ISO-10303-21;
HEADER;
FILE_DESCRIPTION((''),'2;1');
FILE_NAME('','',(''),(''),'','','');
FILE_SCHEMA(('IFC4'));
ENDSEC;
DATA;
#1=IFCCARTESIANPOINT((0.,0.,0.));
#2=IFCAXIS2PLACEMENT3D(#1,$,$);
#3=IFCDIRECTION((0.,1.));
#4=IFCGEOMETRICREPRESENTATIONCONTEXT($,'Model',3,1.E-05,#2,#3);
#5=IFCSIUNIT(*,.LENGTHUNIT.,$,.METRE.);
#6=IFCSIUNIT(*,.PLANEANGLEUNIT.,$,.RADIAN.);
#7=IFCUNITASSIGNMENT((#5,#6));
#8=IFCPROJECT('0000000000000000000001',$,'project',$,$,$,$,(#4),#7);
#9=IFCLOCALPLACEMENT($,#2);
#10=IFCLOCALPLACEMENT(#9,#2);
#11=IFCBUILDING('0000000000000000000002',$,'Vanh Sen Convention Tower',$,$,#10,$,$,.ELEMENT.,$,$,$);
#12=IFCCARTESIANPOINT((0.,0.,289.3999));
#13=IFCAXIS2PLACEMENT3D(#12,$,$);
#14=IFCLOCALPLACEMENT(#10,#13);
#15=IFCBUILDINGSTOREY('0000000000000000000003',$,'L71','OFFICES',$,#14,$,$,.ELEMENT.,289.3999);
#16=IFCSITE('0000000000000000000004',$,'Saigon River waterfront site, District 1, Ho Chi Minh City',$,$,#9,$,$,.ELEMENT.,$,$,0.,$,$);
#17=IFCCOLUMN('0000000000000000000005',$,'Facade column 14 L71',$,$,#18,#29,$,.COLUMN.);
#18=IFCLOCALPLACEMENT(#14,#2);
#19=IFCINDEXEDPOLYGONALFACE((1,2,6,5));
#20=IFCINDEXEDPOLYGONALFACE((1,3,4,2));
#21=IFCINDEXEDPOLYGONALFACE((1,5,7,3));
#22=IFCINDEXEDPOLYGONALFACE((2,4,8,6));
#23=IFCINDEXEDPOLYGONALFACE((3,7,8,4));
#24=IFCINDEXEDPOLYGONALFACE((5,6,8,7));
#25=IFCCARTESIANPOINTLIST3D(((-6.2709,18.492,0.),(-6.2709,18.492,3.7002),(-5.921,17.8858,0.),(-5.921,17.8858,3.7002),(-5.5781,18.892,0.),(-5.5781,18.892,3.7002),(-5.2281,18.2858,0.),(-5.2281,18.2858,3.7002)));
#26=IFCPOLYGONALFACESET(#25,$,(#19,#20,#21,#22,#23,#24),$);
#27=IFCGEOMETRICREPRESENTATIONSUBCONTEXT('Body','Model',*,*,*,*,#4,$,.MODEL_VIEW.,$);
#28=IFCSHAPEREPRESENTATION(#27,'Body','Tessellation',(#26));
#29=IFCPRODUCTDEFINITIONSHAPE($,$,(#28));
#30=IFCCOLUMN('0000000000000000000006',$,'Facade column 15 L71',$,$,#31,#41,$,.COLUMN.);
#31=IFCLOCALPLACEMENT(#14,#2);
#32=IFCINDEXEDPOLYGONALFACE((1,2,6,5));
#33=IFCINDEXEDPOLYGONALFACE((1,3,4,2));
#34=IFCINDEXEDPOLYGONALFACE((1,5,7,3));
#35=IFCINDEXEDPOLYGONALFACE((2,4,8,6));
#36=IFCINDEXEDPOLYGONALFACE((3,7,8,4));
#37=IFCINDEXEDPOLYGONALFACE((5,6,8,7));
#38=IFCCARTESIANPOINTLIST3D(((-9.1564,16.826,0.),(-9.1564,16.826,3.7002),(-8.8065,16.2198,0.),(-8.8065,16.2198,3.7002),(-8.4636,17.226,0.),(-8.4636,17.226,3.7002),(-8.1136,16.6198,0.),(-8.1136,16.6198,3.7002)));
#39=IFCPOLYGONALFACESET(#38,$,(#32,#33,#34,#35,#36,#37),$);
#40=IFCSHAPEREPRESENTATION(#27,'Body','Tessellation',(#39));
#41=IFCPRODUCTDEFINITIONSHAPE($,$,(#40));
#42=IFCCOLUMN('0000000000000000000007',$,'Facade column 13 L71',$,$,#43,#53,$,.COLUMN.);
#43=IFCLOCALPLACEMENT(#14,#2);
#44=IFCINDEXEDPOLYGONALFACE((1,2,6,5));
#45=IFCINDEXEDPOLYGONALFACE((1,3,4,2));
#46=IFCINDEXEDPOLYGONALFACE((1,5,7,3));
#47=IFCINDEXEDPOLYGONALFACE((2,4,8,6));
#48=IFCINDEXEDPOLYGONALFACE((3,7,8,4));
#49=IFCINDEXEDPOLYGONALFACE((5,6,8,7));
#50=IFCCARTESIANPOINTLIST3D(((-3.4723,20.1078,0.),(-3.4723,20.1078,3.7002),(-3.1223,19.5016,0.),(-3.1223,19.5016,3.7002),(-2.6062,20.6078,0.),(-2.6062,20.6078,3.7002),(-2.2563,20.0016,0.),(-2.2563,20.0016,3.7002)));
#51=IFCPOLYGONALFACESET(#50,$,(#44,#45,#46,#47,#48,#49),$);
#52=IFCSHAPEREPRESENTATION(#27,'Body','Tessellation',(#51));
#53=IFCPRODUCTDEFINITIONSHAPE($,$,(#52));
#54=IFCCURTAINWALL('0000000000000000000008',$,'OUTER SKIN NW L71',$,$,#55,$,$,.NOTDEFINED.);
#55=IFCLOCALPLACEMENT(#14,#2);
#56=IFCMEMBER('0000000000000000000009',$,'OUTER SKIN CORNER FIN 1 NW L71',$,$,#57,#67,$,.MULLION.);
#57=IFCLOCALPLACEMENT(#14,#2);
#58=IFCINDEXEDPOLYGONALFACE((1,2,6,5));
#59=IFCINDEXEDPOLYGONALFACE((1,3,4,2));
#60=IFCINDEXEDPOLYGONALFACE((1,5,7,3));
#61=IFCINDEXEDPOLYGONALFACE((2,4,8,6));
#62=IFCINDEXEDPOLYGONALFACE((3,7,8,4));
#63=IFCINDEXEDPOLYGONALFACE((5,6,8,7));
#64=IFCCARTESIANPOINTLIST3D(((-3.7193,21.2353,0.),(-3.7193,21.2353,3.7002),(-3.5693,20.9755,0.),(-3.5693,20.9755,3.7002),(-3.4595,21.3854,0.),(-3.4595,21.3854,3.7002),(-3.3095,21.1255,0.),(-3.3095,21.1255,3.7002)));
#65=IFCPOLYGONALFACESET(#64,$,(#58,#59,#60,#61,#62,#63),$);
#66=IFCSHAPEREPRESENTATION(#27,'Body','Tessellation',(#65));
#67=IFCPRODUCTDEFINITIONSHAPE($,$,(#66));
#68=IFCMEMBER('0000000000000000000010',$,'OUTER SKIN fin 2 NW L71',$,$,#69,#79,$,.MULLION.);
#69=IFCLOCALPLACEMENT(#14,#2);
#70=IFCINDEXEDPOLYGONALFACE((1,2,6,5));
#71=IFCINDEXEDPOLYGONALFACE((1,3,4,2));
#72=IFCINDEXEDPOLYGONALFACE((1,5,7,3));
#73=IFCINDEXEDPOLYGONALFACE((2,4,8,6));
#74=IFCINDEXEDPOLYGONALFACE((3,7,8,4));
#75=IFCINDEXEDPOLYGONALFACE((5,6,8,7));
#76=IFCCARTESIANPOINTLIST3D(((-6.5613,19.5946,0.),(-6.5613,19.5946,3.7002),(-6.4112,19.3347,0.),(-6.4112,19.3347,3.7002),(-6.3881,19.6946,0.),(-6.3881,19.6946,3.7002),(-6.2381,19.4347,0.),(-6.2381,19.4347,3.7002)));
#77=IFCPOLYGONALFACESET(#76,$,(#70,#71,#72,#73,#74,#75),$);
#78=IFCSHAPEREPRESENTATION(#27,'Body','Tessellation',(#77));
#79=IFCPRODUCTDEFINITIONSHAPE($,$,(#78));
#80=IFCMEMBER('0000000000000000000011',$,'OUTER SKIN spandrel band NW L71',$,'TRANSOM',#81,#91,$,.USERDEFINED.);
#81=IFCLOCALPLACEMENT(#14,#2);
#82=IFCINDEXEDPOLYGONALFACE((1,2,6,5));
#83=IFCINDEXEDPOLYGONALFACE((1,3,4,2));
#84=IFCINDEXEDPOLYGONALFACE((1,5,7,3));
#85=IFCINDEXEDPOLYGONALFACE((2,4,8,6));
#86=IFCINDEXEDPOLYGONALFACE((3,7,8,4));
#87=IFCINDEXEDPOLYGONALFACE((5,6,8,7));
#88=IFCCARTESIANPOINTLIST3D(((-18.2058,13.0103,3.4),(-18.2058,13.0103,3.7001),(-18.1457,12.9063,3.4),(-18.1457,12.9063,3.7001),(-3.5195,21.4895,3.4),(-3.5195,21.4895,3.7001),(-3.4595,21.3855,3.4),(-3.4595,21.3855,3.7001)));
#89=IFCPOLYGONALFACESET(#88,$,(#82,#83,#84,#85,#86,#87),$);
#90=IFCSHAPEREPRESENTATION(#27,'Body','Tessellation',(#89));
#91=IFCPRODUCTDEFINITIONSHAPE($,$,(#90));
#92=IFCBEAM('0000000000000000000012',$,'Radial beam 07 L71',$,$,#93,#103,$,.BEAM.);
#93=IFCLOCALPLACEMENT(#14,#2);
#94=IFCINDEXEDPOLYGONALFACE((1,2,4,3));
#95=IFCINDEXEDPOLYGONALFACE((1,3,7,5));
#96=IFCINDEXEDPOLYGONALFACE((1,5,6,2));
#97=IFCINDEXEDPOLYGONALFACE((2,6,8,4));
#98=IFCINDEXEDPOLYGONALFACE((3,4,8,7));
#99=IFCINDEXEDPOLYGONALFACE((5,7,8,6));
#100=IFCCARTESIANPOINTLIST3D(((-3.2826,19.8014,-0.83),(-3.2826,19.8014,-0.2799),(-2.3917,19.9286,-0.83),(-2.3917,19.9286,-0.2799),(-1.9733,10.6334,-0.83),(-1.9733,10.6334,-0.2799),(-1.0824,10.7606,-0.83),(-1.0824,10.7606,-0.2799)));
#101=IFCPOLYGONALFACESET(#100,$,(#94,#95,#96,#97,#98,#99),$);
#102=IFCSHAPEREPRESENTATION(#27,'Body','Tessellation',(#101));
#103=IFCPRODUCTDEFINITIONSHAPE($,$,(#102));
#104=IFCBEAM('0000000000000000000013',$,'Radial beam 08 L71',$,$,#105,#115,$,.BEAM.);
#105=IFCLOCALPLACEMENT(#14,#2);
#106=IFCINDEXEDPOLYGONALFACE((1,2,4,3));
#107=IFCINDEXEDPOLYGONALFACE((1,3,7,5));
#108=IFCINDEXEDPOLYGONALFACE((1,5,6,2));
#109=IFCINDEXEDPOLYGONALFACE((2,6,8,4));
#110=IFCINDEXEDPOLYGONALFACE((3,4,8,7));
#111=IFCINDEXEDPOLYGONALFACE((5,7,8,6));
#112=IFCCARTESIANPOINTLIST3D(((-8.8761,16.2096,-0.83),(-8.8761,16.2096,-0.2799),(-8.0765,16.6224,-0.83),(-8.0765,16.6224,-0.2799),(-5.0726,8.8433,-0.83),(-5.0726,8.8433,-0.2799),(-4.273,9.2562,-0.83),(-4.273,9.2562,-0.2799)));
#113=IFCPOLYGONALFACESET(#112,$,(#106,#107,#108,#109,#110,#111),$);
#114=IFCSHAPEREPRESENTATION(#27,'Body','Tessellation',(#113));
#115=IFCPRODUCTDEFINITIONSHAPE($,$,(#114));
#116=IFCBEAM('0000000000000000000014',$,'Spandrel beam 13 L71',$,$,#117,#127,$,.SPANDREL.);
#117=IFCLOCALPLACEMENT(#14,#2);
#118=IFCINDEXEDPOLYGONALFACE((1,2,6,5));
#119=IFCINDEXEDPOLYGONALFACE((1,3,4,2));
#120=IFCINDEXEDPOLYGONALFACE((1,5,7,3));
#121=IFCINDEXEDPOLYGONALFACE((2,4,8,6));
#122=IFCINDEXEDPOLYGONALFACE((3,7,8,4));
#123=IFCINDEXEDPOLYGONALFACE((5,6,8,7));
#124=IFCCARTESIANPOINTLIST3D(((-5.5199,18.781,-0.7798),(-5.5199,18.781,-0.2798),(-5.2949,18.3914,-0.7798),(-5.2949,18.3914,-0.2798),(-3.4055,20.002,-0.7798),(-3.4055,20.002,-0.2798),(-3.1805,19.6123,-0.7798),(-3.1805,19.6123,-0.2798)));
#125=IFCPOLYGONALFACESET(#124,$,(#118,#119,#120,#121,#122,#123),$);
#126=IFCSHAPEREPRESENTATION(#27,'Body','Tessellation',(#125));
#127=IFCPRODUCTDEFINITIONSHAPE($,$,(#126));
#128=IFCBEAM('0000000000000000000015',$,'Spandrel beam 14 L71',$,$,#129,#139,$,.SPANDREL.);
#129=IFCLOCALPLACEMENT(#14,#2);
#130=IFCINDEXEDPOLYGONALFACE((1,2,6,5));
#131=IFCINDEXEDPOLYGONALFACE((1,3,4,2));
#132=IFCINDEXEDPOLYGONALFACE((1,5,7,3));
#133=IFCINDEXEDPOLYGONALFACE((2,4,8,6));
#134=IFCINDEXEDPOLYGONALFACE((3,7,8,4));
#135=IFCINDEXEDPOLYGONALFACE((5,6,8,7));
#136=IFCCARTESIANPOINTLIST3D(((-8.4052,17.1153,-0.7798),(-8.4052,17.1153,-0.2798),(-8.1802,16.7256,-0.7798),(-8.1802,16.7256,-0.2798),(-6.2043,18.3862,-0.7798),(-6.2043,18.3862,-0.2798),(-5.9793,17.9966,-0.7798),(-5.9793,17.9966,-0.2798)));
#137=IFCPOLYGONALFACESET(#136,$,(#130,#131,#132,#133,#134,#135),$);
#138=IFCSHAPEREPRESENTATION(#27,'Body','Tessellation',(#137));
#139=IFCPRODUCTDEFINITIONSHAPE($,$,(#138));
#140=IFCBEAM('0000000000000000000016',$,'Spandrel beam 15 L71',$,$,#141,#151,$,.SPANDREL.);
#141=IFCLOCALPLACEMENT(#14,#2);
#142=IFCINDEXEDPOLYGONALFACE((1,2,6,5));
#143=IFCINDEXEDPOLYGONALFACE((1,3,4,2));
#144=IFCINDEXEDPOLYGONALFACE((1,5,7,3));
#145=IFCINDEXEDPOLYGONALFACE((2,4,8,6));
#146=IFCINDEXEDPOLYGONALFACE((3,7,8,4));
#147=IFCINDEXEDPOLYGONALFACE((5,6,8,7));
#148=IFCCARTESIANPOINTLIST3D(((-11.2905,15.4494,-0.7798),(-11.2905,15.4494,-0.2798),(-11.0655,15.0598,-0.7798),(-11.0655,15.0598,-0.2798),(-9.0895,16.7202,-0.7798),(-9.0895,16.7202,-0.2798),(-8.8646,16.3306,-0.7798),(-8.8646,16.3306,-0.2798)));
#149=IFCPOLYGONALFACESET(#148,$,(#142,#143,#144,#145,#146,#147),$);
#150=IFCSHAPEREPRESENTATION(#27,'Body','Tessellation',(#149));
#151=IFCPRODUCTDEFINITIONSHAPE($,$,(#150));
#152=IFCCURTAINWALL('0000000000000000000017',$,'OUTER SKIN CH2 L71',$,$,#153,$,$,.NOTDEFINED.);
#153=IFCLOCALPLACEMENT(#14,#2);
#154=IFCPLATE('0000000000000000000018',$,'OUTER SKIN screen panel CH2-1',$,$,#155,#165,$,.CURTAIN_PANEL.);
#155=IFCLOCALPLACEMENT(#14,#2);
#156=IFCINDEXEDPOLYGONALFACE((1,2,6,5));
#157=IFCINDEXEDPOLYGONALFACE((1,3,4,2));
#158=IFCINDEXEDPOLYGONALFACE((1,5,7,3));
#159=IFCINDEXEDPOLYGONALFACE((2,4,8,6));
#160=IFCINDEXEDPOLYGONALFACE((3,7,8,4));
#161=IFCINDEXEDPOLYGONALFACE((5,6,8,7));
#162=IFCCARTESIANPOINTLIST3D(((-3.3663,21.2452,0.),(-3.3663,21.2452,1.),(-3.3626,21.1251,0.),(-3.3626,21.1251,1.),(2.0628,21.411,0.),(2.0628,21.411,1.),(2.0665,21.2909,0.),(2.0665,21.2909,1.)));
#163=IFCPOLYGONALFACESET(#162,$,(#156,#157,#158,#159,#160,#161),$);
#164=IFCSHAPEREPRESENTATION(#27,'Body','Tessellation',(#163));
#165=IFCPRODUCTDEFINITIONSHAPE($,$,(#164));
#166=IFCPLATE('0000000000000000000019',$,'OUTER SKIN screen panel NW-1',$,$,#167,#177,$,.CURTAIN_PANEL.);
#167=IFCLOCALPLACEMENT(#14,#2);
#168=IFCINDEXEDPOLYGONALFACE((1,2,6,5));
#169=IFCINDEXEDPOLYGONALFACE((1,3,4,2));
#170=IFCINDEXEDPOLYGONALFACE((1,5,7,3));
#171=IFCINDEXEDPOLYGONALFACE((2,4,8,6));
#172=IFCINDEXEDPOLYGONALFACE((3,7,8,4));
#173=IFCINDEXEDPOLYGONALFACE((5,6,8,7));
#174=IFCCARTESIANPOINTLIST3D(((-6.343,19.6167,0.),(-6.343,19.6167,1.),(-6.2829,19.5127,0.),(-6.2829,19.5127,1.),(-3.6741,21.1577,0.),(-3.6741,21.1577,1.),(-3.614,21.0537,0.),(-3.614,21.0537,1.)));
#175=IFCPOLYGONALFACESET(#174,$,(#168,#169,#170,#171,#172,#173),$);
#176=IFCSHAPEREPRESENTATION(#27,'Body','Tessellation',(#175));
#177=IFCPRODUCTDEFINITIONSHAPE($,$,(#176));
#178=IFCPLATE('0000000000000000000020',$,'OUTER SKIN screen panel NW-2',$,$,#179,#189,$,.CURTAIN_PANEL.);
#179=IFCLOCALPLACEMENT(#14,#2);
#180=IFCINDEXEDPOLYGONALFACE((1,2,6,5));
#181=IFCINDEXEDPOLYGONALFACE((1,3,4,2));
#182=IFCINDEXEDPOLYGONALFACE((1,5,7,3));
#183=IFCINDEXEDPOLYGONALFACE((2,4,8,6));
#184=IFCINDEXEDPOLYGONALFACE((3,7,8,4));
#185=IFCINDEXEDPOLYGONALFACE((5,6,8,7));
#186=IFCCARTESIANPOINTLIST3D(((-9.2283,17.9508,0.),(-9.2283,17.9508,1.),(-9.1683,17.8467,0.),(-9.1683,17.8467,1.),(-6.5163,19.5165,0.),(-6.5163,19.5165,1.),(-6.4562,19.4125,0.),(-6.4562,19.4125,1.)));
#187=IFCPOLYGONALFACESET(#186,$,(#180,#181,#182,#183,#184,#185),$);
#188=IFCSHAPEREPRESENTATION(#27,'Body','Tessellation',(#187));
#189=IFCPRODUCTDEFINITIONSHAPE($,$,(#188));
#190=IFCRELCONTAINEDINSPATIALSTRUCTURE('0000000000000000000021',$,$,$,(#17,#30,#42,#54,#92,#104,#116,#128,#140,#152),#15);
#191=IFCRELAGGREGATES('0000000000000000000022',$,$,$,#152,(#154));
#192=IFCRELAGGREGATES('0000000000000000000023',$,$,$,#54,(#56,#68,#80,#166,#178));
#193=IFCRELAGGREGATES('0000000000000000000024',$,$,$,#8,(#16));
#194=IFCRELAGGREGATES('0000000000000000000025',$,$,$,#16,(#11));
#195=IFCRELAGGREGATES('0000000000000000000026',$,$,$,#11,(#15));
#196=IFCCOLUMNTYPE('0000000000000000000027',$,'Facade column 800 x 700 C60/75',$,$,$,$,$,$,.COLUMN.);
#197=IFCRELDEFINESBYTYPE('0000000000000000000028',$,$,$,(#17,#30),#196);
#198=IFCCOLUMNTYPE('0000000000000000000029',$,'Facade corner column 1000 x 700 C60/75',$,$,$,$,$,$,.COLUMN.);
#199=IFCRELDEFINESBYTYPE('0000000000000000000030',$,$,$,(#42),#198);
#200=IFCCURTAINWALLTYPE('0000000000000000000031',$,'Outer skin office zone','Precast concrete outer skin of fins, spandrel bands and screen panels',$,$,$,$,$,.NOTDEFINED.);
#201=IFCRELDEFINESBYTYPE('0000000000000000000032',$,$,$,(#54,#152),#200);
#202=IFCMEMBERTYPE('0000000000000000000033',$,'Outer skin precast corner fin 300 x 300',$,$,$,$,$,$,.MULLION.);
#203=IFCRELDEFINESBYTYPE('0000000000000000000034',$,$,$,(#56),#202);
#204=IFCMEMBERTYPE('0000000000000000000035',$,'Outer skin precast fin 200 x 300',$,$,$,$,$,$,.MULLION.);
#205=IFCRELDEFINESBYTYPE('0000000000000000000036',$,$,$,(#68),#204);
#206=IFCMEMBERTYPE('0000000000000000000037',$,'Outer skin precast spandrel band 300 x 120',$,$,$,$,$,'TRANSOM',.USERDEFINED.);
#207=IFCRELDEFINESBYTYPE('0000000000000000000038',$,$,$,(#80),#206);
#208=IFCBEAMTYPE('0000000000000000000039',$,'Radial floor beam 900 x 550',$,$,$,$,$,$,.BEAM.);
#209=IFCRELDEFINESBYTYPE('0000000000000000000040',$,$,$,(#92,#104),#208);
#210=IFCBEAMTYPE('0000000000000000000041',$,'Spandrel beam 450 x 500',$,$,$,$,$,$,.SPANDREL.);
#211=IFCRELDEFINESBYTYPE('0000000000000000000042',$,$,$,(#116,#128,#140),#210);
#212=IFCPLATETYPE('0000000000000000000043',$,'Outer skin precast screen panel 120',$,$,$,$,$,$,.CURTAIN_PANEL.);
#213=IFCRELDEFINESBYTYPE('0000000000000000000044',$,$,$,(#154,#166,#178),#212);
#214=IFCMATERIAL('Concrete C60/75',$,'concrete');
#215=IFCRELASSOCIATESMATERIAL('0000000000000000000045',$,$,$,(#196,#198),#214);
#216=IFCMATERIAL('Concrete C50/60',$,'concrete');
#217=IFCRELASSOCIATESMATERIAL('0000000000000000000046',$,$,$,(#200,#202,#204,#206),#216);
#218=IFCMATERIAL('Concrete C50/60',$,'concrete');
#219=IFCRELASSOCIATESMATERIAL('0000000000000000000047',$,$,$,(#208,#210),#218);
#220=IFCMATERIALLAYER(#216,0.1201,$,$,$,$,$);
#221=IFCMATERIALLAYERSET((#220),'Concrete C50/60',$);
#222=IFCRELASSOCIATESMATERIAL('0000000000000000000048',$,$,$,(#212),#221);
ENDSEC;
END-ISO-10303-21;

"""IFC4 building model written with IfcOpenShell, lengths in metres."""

from ifc_helpers import new_model, si_unit, direction, frame, origin, origin_2d, place, context, subcontext, project, spatial, rectangle, extrude, material, layer, layer_set, material_profile, profile_set, type_object, element, aggregate, save


model = new_model("IFC4")

# Units and contexts
model_context = context("Model", 3, precision=1e-05, world=origin(), true_north=direction((0.0, 1.0)))
body_context = subcontext(model_context, "Body", "Model", "MODEL_VIEW")
ifc_project = project(units=[si_unit("LENGTHUNIT", "METRE"), si_unit("PLANEANGLEUNIT", "RADIAN")], contexts=[model_context])

# Site, building, storey
site_placement = place(None, origin())
site = spatial("IfcSite", under=ifc_project, at=site_placement, Name="Saigon River waterfront site, District 1, Ho Chi Minh City", CompositionType="ELEMENT", RefElevation=0.0)
building_placement = place(site_placement, origin())
building = spatial("IfcBuilding", under=site, at=building_placement, Name="Vanh Sen Convention Tower", CompositionType="ELEMENT")
storey_placement = place(building_placement, frame((0.0, 0.0, 289.3999)))
storey = spatial("IfcBuildingStorey", under=building, at=storey_placement, Name="L71", Description="OFFICES", CompositionType="ELEMENT", Elevation=289.3999)

# Columns
ifc_material_1 = material(Name="Concrete C60/75", Category="concrete")
ifc_material_profile_1 = material_profile(ifc_material_1, rectangle(XDim=0.8, YDim=0.7, at=origin_2d()), Name="RC 800X700")
ifc_profile_set_1 = profile_set([ifc_material_profile_1], Name="Concrete C60/75")
column_type_1 = type_object("IfcColumnType", Name="Facade column 800 x 700 C60/75", PredefinedType="COLUMN", material=ifc_profile_set_1)
for number, where, z_axis, x_axis, name in (
    (1, (-5.7495, 18.3889, 0.0), (0.0, 0.0, 1.0), (-0.866025, -0.5, 0.0), "Facade column 14 L71"),
    (2, (-8.635, 16.7229, 0.0), (0.0, 0.0, 1.0), (-0.866025, -0.5, 0.0), "Facade column 15 L71"),
):
    element("IfcColumn", number, at=place(storey_placement, frame(where, z_axis=z_axis, x_axis=x_axis)), inside=storey, type_object=column_type_1, Name=name, PredefinedType="COLUMN", context=body_context, shape_type="SweptSolid", body=[
        extrude(rectangle(XDim=0.8, YDim=0.7, at=origin_2d()), origin(), (0.0, 0.0, 1.0), 3.7002),
    ])
ifc_material_profile_2 = material_profile(ifc_material_1, rectangle(XDim=1.0, YDim=0.7, at=origin_2d()), Name="RC 1000X700")
ifc_profile_set_2 = profile_set([ifc_material_profile_2], Name="Concrete C60/75")
column_type_2 = type_object("IfcColumnType", Name="Facade corner column 1000 x 700 C60/75", PredefinedType="COLUMN", material=ifc_profile_set_2)
column_placement = place(storey_placement, frame((-2.8643, 20.0547, 0.0), z_axis=(0.0, 0.0, 1.0), x_axis=(-0.866025, -0.5, 0.0)))
element("IfcColumn", 3, at=column_placement, inside=storey, type_object=column_type_2, Name="Facade column 13 L71", PredefinedType="COLUMN", context=body_context, shape_type="SweptSolid", body=[
    extrude(rectangle(XDim=1.0, YDim=0.7, at=origin_2d()), origin(), (0.0, 0.0, 1.0), 3.7002),
])

# Curtain wall, members
ifc_material_2 = material(Name="Concrete C50/60", Category="concrete")
curtain_wall_type = type_object("IfcCurtainWallType", Name="Outer skin office zone", Description="Precast concrete outer skin of fins, spandrel bands and screen panels", PredefinedType="NOTDEFINED", material=ifc_material_2)
curtain_wall_1_placement = place(storey_placement, origin())
curtain_wall_1 = element("IfcCurtainWall", 4, at=curtain_wall_1_placement, inside=storey, type_object=curtain_wall_type, Name="OUTER SKIN NW L71", PredefinedType="NOTDEFINED")
ifc_material_profile_3 = material_profile(ifc_material_2, rectangle(XDim=0.3, YDim=0.3, at=origin_2d()), Name="Outer skin precast corner fin 300 x 300")
ifc_profile_set_3 = profile_set([ifc_material_profile_3], Name="Concrete C50/60")
member_type_1 = type_object("IfcMemberType", Name="Outer skin precast corner fin 300 x 300", PredefinedType="MULLION", material=ifc_profile_set_3)
member_1_placement = place(storey_placement, frame((-3.5144, 21.1804, 0.0), z_axis=(0.0, 0.0, 1.0), x_axis=(-0.866025, -0.5, 0.0)))
member_1 = element("IfcMember", 5, at=member_1_placement, type_object=member_type_1, Name="OUTER SKIN CORNER FIN 1 NW L71", PredefinedType="MULLION", context=body_context, shape_type="SweptSolid", body=[
    extrude(rectangle(XDim=0.3, YDim=0.3, at=origin_2d()), origin(), (0.0, 0.0, 1.0), 3.7002),
])
ifc_material_profile_4 = material_profile(ifc_material_2, rectangle(XDim=0.2, YDim=0.3, at=origin_2d()), Name="Outer skin precast fin 200 x 300")
ifc_profile_set_4 = profile_set([ifc_material_profile_4], Name="Concrete C50/60")
member_type_2 = type_object("IfcMemberType", Name="Outer skin precast fin 200 x 300", PredefinedType="MULLION", material=ifc_profile_set_4)
member_2_placement = place(storey_placement, frame((-6.3997, 19.5146, 0.0), z_axis=(0.0, 0.0, 1.0), x_axis=(-0.866025, -0.5, 0.0)))
member_2 = element("IfcMember", 6, at=member_2_placement, type_object=member_type_2, Name="OUTER SKIN fin 2 NW L71", PredefinedType="MULLION", context=body_context, shape_type="SweptSolid", body=[
    extrude(rectangle(XDim=0.2, YDim=0.3, at=origin_2d()), origin(), (0.0, 0.0, 1.0), 3.7002),
])
ifc_material_profile_5 = material_profile(ifc_material_2, rectangle(XDim=0.1201, YDim=0.3, at=origin_2d()), Name="Outer skin precast spandrel band 300 x 120")
ifc_profile_set_5 = profile_set([ifc_material_profile_5], Name="Concrete C50/60")
member_type_3 = type_object("IfcMemberType", Name="Outer skin precast spandrel band 300 x 120", ElementType="TRANSOM", PredefinedType="USERDEFINED", material=ifc_profile_set_5)
member_3_placement = place(storey_placement, frame((-3.4895, 21.4375, 3.55), z_axis=(-0.866022, -0.500005, 0.0), x_axis=(0.500005, -0.866022, 0.0)))
member_3 = element("IfcMember", 7, at=member_3_placement, type_object=member_type_3, Name="OUTER SKIN spandrel band NW L71", ObjectType="TRANSOM", PredefinedType="USERDEFINED", context=body_context, shape_type="SweptSolid", body=[
    extrude(rectangle(XDim=0.1201, YDim=0.3, at=origin_2d()), origin(), (0.0, 0.0, 1.0), 16.9583),
])

# Beams
ifc_material_3 = material(Name="Concrete C50/60", Category="concrete")
ifc_material_profile_6 = material_profile(ifc_material_3, rectangle(XDim=0.8999, YDim=0.55, at=origin_2d()), Name="RC 900X550")
ifc_profile_set_6 = profile_set([ifc_material_profile_6], Name="Concrete C50/60")
beam_type_1 = type_object("IfcBeamType", Name="Radial floor beam 900 x 550", PredefinedType="BEAM", material=ifc_profile_set_6)
beam_1_placement = place(storey_placement, frame((-2.8372, 19.865, -0.5549), z_axis=(0.141381, -0.989955, 0.0), x_axis=(0.989955, 0.141381, 0.0)))
element("IfcBeam", 8, at=beam_1_placement, inside=storey, type_object=beam_type_1, Name="Radial beam 07 L71", PredefinedType="BEAM", context=body_context, shape_type="SweptSolid", body=[
    extrude(rectangle(XDim=0.8999, YDim=0.55, at=origin_2d()), origin(), (0.0, 0.0, 1.0), 9.261),
])
beam_2_placement = place(storey_placement, frame((-8.4763, 16.416, -0.5549), z_axis=(0.458791, -0.888544, 0.0), x_axis=(0.888544, 0.458791, 0.0)))
element("IfcBeam", 9, at=beam_2_placement, inside=storey, type_object=beam_type_1, Name="Radial beam 08 L71", PredefinedType="BEAM", context=body_context, shape_type="SweptSolid", body=[
    extrude(rectangle(XDim=0.8999, YDim=0.55, at=origin_2d()), origin(), (0.0, 0.0, 1.0), 8.2903),
])
ifc_material_profile_7 = material_profile(ifc_material_3, rectangle(XDim=0.45, YDim=0.5, at=origin_2d()), Name="RC 450X500")
ifc_profile_set_7 = profile_set([ifc_material_profile_7], Name="Concrete C50/60")
beam_type_2 = type_object("IfcBeamType", Name="Spandrel beam 450 x 500", PredefinedType="SPANDREL", material=ifc_profile_set_7)
beam_3_placement = place(storey_placement, frame((-3.293, 19.8071, -0.5298), z_axis=(-0.866001, -0.500043, 0.0), x_axis=(0.500043, -0.866001, 0.0)))
element("IfcBeam", 10, at=beam_3_placement, inside=storey, type_object=beam_type_2, Name="Spandrel beam 13 L71", PredefinedType="SPANDREL", context=body_context, shape_type="SweptSolid", body=[
    extrude(rectangle(XDim=0.45, YDim=0.5, at=origin_2d()), origin(), (0.0, 0.0, 1.0), 2.4417),
])
for number, where, z_axis, x_axis, name in (
    (11, (-6.0918, 18.1914, -0.5298), (-0.865976, -0.500086, 0.0), (0.500086, -0.865976, 0.0), "Spandrel beam 14 L71"),
    (12, (-8.9771, 16.5254, -0.5298), (-0.866018, -0.500013, 0.0), (0.500013, -0.866018, 0.0), "Spandrel beam 15 L71"),
):
    element("IfcBeam", number, at=place(storey_placement, frame(where, z_axis=z_axis, x_axis=x_axis)), inside=storey, type_object=beam_type_2, Name=name, PredefinedType="SPANDREL", context=body_context, shape_type="SweptSolid", body=[
        extrude(rectangle(XDim=0.45, YDim=0.5, at=origin_2d()), origin(), (0.0, 0.0, 1.0), 2.5415),
    ])

# Curtain wall, plate
curtain_wall_2_placement = place(storey_placement, origin())
curtain_wall_2 = element("IfcCurtainWall", 13, at=curtain_wall_2_placement, inside=storey, type_object=curtain_wall_type, Name="OUTER SKIN CH2 L71", PredefinedType="NOTDEFINED")
ifc_layer_1 = layer(ifc_material_2, 0.1201)
ifc_layer_set_1 = layer_set([ifc_layer_1], Name="Concrete C50/60")
plate_type = type_object("IfcPlateType", Name="Outer skin precast screen panel 120", PredefinedType="CURTAIN_PANEL", material=ifc_layer_set_1)
plate_1_placement = place(storey_placement, frame((-0.6499, 21.2681, 0.0), z_axis=(0.0, 0.0, 1.0), x_axis=(-0.999534, -0.030528, 0.0)))
plate_1 = element("IfcPlate", 14, at=plate_1_placement, type_object=plate_type, Name="OUTER SKIN screen panel CH2-1", PredefinedType="CURTAIN_PANEL", context=body_context, shape_type="SweptSolid", body=[
    extrude(rectangle(XDim=5.4316, YDim=0.1201, at=origin_2d()), origin(), (0.0, 0.0, 1.0), 1.0),
])
aggregate(curtain_wall_2, [plate_1])

# Plates
plate_2_placement = place(storey_placement, frame((-4.9785, 20.3352, 0.0), z_axis=(0.0, 0.0, 1.0), x_axis=(-0.866016, -0.500017, 0.0)))
plate_2 = element("IfcPlate", 15, at=plate_2_placement, type_object=plate_type, Name="OUTER SKIN screen panel NW-1", PredefinedType="CURTAIN_PANEL", context=body_context, shape_type="SweptSolid", body=[
    extrude(rectangle(XDim=3.0818, YDim=0.1201, at=origin_2d()), origin(), (0.0, 0.0, 1.0), 1.0),
])
plate_3_placement = place(storey_placement, frame((-7.8423, 18.6816, 0.0), z_axis=(0.0, 0.0, 1.0), x_axis=(-0.866029, -0.499994, 0.0)))
plate_3 = element("IfcPlate", 16, at=plate_3_placement, type_object=plate_type, Name="OUTER SKIN screen panel NW-2", PredefinedType="CURTAIN_PANEL", context=body_context, shape_type="SweptSolid", body=[
    extrude(rectangle(XDim=3.1316, YDim=0.1201, at=origin_2d()), origin(), (0.0, 0.0, 1.0), 1.0),
])
aggregate(curtain_wall_1, [member_1, member_2, member_3, plate_2, plate_3])

save(model, "model.ifc")
